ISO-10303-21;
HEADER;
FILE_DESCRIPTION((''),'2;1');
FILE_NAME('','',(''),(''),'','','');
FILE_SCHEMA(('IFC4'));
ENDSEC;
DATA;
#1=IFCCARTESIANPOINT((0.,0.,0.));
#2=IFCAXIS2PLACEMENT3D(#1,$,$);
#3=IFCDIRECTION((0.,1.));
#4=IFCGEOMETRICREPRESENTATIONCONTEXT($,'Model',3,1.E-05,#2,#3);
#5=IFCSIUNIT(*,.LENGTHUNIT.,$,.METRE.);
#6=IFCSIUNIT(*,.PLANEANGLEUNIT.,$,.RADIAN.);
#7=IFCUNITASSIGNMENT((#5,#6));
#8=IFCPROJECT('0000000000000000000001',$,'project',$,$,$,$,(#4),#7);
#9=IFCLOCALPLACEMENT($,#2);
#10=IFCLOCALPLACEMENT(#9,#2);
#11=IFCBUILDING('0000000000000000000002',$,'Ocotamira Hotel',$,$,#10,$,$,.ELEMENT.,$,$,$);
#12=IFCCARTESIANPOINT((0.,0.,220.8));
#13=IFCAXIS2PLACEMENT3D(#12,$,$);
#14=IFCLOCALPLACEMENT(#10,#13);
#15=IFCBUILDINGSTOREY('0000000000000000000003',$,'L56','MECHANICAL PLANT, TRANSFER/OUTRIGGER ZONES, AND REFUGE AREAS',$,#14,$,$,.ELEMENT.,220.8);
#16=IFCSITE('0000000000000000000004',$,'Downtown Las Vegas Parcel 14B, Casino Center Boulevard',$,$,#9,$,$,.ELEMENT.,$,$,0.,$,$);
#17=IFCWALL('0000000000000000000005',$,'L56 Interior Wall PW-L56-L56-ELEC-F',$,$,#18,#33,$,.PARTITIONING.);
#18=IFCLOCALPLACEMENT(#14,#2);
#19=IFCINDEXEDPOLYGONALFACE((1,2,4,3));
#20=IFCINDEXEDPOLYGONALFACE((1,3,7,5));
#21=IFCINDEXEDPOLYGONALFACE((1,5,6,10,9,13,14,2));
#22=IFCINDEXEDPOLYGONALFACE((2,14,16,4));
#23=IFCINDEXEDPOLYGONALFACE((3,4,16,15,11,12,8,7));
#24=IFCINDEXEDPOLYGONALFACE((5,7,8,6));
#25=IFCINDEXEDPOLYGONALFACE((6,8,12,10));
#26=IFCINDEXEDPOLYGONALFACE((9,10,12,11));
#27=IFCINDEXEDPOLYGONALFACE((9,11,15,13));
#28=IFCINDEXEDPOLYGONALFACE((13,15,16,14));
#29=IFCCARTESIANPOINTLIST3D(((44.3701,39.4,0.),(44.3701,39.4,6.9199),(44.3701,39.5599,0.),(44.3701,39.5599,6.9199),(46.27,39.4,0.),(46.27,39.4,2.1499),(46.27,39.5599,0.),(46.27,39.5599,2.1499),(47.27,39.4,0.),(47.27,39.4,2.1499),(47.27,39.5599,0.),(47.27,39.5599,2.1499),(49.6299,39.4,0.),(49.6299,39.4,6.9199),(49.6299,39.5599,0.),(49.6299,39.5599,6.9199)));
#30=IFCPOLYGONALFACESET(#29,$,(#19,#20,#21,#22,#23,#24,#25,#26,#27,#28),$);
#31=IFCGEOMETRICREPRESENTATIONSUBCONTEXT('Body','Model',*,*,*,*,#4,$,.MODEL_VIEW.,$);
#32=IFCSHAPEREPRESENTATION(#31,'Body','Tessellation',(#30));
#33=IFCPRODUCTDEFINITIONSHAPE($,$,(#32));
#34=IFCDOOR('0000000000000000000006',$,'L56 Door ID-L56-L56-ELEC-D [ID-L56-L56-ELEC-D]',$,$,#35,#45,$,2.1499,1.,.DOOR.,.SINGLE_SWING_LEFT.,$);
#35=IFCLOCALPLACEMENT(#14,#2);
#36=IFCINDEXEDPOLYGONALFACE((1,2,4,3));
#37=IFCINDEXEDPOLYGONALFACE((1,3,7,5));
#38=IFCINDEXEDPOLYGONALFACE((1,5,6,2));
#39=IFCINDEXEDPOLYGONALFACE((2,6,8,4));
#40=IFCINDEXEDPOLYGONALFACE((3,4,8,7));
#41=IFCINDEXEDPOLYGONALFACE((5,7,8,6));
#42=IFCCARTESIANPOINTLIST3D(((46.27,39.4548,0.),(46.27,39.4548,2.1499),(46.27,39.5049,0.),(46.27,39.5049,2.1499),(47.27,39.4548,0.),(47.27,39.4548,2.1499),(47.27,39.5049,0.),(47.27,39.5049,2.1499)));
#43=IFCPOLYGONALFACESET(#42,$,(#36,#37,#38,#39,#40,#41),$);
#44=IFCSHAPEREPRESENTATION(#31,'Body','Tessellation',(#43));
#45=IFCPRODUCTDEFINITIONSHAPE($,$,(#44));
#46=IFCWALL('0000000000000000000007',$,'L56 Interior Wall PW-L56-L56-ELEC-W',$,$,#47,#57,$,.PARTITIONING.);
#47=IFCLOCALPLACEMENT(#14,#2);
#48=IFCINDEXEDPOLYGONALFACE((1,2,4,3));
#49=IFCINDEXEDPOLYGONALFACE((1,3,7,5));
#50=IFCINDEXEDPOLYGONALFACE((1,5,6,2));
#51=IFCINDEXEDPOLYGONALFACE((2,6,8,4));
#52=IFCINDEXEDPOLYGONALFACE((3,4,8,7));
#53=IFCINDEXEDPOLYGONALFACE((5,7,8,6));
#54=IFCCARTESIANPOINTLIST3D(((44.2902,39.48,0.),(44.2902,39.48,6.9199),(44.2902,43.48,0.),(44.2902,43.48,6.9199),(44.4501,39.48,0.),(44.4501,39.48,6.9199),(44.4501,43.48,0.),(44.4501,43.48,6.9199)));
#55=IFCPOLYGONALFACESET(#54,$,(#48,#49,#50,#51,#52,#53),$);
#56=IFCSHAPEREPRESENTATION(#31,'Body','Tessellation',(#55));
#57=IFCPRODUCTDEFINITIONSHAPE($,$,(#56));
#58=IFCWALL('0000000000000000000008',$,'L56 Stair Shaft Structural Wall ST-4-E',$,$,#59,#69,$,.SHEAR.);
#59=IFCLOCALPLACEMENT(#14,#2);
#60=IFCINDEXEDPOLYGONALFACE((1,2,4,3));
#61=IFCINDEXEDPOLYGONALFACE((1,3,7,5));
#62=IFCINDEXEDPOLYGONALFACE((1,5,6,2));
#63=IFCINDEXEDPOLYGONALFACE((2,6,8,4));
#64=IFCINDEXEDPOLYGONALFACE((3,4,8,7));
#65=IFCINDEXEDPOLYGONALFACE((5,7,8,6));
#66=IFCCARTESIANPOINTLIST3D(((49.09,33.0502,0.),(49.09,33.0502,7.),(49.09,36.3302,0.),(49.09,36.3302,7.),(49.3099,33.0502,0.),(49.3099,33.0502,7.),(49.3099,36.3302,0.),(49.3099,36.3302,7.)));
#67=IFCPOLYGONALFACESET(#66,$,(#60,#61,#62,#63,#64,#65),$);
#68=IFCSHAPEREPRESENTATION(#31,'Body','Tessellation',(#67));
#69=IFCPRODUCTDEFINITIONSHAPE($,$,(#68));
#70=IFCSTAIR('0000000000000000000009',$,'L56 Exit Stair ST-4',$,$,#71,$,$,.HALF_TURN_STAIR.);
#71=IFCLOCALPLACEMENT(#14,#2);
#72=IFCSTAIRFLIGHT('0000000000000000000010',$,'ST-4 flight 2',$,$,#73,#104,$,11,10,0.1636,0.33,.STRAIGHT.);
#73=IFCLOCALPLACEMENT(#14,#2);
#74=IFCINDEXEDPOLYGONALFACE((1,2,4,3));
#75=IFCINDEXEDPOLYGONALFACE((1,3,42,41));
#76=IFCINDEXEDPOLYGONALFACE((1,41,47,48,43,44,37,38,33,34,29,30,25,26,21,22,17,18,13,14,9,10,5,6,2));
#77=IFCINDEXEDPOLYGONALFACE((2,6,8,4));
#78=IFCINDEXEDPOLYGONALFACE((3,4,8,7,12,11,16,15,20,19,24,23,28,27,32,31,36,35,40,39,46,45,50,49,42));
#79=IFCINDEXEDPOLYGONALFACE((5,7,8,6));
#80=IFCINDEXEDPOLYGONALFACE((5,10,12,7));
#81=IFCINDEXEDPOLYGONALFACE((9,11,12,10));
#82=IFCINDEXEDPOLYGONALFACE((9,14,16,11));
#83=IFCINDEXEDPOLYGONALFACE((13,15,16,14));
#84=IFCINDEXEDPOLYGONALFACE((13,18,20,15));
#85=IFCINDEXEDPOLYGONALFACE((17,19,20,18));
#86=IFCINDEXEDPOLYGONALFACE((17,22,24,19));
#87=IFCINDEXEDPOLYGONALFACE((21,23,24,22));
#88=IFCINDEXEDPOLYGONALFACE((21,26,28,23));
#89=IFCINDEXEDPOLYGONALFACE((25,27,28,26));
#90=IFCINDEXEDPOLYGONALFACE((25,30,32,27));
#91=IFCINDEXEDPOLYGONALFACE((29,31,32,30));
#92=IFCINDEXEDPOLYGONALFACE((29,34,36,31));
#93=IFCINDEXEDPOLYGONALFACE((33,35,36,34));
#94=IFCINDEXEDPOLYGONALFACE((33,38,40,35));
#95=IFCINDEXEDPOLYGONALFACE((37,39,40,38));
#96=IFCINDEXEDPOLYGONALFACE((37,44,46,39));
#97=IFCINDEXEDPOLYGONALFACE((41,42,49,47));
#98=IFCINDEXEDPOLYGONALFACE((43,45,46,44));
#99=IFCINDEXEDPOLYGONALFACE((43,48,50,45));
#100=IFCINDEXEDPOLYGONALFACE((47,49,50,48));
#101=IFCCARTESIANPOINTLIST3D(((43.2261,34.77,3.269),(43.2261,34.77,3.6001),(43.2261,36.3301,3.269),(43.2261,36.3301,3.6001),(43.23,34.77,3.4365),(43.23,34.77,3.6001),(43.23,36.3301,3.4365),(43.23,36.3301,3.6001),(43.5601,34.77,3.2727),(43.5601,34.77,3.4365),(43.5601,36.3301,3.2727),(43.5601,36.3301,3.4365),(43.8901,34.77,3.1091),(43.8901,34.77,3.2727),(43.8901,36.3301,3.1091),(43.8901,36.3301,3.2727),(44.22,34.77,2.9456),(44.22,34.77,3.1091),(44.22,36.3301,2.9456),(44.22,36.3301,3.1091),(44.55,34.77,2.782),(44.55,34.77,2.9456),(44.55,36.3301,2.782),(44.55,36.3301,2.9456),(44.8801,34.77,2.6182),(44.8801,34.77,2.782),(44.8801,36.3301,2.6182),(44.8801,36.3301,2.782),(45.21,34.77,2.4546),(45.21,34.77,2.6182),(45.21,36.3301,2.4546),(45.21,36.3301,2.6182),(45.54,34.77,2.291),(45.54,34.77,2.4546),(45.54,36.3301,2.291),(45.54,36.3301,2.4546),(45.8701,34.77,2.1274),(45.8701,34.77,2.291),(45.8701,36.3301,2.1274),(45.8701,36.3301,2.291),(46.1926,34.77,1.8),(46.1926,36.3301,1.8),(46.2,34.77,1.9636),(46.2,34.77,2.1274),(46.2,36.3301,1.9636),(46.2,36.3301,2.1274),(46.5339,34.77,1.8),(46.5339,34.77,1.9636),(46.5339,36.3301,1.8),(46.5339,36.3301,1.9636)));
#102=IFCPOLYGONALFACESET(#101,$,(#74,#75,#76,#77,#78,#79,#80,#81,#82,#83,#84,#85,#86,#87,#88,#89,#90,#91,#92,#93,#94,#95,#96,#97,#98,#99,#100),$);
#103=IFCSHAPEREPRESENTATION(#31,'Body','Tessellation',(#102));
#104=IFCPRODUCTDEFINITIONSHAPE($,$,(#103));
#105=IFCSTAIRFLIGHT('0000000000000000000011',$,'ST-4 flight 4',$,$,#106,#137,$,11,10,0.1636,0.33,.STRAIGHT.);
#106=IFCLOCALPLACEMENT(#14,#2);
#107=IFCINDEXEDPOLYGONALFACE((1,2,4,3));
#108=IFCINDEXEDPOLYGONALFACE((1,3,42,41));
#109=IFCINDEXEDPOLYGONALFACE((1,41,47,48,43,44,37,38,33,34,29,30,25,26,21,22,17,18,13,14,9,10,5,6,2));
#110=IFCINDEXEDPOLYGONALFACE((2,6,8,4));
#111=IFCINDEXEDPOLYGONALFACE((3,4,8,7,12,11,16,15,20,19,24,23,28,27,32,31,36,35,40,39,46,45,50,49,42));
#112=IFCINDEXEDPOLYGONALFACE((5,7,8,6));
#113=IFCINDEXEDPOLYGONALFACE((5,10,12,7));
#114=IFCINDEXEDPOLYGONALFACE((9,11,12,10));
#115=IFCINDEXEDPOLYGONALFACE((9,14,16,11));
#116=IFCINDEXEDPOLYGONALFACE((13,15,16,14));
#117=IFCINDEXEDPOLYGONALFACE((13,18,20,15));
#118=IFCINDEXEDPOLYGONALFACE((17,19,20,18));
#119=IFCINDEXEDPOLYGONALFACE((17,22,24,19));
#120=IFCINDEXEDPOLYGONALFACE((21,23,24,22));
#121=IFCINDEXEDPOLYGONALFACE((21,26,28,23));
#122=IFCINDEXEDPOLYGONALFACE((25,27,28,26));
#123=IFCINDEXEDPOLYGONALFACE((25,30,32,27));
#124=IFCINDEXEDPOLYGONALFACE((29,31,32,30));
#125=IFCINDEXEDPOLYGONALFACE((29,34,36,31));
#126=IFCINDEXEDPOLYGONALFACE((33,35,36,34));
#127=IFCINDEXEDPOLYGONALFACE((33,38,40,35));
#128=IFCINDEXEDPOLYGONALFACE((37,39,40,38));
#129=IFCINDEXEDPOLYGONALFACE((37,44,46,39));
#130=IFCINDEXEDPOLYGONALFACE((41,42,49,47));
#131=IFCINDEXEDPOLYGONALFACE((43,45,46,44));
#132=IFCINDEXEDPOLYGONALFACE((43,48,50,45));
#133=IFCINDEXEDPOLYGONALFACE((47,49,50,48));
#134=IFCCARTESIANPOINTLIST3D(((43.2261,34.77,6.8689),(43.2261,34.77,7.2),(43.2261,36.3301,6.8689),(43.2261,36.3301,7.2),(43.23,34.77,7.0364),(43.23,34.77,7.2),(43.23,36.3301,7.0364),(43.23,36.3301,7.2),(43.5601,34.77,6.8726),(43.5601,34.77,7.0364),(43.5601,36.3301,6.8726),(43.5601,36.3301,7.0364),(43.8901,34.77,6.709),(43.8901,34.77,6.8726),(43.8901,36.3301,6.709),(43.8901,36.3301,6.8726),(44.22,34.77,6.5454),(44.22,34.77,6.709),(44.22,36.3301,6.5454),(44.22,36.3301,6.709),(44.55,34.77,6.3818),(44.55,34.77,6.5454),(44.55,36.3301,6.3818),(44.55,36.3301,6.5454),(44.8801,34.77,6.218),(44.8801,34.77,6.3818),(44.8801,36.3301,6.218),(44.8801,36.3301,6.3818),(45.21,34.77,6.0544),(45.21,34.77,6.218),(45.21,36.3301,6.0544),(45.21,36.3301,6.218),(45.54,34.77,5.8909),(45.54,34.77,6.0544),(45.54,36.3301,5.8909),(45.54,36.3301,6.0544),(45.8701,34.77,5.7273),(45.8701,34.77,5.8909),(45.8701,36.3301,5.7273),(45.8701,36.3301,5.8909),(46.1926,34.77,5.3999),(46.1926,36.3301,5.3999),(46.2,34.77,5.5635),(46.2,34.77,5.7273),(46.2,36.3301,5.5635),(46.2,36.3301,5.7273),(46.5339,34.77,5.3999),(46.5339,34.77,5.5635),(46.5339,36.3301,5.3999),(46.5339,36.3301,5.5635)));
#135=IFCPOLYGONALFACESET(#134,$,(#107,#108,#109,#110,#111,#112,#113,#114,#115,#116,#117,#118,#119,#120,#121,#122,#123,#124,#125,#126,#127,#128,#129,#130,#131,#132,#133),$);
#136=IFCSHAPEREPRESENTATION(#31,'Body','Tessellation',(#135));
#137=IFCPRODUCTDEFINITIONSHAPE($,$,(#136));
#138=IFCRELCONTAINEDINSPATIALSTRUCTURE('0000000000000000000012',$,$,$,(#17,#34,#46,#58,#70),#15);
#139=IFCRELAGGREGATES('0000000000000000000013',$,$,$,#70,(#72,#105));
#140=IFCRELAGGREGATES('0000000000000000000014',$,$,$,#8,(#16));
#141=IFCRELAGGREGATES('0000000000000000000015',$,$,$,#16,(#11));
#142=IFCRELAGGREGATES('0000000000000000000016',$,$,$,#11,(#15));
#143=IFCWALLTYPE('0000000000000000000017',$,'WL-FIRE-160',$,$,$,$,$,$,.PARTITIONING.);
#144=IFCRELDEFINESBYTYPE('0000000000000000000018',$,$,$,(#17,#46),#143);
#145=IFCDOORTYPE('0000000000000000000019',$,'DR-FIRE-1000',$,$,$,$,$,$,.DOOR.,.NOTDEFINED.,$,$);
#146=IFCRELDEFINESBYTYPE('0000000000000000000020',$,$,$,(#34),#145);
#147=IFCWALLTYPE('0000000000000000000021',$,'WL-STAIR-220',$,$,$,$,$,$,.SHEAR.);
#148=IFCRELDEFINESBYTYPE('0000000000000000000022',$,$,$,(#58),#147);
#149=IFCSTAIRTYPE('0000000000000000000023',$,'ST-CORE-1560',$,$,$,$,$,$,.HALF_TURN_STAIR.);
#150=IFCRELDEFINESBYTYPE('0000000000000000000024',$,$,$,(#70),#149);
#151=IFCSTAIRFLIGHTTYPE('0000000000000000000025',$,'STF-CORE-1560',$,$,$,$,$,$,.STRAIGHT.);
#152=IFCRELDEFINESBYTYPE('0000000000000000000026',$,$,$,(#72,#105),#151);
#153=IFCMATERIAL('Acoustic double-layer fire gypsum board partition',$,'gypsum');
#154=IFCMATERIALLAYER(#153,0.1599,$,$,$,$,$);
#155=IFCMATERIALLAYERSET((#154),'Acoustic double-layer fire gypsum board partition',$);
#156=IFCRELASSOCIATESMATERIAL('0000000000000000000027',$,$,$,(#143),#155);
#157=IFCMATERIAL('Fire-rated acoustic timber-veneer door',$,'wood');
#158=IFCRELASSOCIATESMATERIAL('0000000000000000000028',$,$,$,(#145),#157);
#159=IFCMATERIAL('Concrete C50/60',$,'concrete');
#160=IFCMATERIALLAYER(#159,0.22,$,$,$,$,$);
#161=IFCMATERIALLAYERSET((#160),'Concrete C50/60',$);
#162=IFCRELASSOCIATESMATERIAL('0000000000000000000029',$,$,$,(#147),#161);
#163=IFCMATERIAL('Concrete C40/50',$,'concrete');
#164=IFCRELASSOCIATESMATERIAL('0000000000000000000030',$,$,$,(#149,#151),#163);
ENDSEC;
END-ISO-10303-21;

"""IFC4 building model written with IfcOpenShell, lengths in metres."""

from ifc_helpers import new_model, si_unit, direction, frame, frame_2d, origin, place, context, subcontext, project, spatial, polyline, rectangle, outline, extrude, source, transform, mapped, material, layer, layer_set, type_object, element, fill, aggregate, save


model = new_model("IFC4")

# Units and contexts
model_context = context("Model", 3, precision=1e-05, world=origin(), true_north=direction((0.0, 1.0)))
body_context = subcontext(model_context, "Body", "Model", "MODEL_VIEW")
ifc_project = project(units=[si_unit("LENGTHUNIT", "METRE"), si_unit("PLANEANGLEUNIT", "RADIAN")], contexts=[model_context])

# Site, building, storey
site_placement = place(None, origin())
site = spatial("IfcSite", under=ifc_project, at=site_placement, Name="Downtown Las Vegas Parcel 14B, Casino Center Boulevard", CompositionType="ELEMENT", RefElevation=0.0)
building_placement = place(site_placement, origin())
building = spatial("IfcBuilding", under=site, at=building_placement, Name="Ocotamira Hotel", CompositionType="ELEMENT")
storey_placement = place(building_placement, frame((0.0, 0.0, 220.8)))
storey = spatial("IfcBuildingStorey", under=building, at=storey_placement, Name="L56", Description="MECHANICAL PLANT, TRANSFER/OUTRIGGER ZONES, AND REFUGE AREAS", CompositionType="ELEMENT", Elevation=220.8)

# Shared definitions
ifc_material_1 = material(Name="Acoustic double-layer fire gypsum board partition", Category="gypsum")
ifc_layer_1 = layer(ifc_material_1, 0.1599)
ifc_layer_set_1 = layer_set([ifc_layer_1], Name="Acoustic double-layer fire gypsum board partition")
wall_type_1 = type_object("IfcWallType", Name="WL-FIRE-160", PredefinedType="PARTITIONING", material=ifc_layer_set_1)

# Wall, opening, door
wall_1_placement = place(storey_placement, frame((44.3701, 39.48, 0.0), z_axis=(0.0, 0.0, 1.0), x_axis=(1.0, 0.0, 0.0)))
wall_1 = element("IfcWall", 1, at=wall_1_placement, inside=storey, type_object=wall_type_1, Name="L56 Interior Wall PW-L56-L56-ELEC-F", PredefinedType="PARTITIONING", context=body_context, shape_type="SweptSolid", body=[
    extrude(rectangle(XDim=5.2598, YDim=0.1599, at=frame_2d((2.6299, 0.0))), origin(), (0.0, 0.0, 1.0), 6.9199),
])
opening_placement = place(wall_1_placement, frame((1.8999, 0.0, 0.0)))
opening = element("IfcOpeningElement", 2, at=opening_placement, cuts=wall_1, PredefinedType="OPENING", context=body_context, shape_type="SweptSolid", body=[
    extrude(rectangle(XDim=1.0, YDim=2.1499, at=frame_2d((0.5, 1.075))), frame((0.0, 0.0898, 0.0), z_axis=(0.0, -1.0, 0.0), x_axis=(1.0, 0.0, 0.0)), (0.0, 0.0, 1.0), 0.1799),
])
ifc_material_2 = material(Name="Fire-rated acoustic timber-veneer door", Category="wood")
door_type = type_object("IfcDoorType", Name="DR-FIRE-1000", OperationType="NOTDEFINED", PredefinedType="DOOR", material=ifc_material_2)
shared_shape_1 = source(origin(), body_context, "Body", "SweptSolid", [
    extrude(rectangle(XDim=1.0, YDim=2.1499, at=frame_2d((0.5, 1.075))), frame((0.0, 0.0249, 0.0), z_axis=(0.0, -1.0, 0.0), x_axis=(1.0, 0.0, 0.0)), (0.0, 0.0, 1.0), 0.05),
])
door_placement = place(opening_placement, origin())
door = element("IfcDoor", 3, at=door_placement, inside=storey, type_object=door_type, Name="L56 Door ID-L56-L56-ELEC-D [ID-L56-L56-ELEC-D]", OperationType="SINGLE_SWING_LEFT", OverallHeight=2.1499, OverallWidth=1.0, PredefinedType="DOOR", context=body_context, shape_type="MappedRepresentation", body=[
    mapped(shared_shape_1, transform((0.0, 0.0, 0.0), scale=1.0)),
])
fill(opening, door)

# Walls
wall_2_placement = place(storey_placement, frame((44.3701, 39.48, 0.0), z_axis=(0.0, 0.0, 1.0), x_axis=(0.0, 1.0, 0.0)))
element("IfcWall", 4, at=wall_2_placement, inside=storey, type_object=wall_type_1, Name="L56 Interior Wall PW-L56-L56-ELEC-W", PredefinedType="PARTITIONING", context=body_context, shape_type="SweptSolid", body=[
    extrude(rectangle(XDim=4.0, YDim=0.1599, at=frame_2d((2.0, 0.0))), origin(), (0.0, 0.0, 1.0), 6.9199),
])
ifc_material_3 = material(Name="Concrete C50/60", Category="concrete")
ifc_layer_2 = layer(ifc_material_3, 0.22)
ifc_layer_set_2 = layer_set([ifc_layer_2], Name="Concrete C50/60")
wall_type_2 = type_object("IfcWallType", Name="WL-STAIR-220", PredefinedType="SHEAR", material=ifc_layer_set_2)
wall_3_placement = place(storey_placement, frame((49.2, 33.05, 0.0), z_axis=(0.0, 0.0, 1.0), x_axis=(0.0, 1.0, 0.0)))
element("IfcWall", 5, at=wall_3_placement, inside=storey, type_object=wall_type_2, Name="L56 Stair Shaft Structural Wall ST-4-E", PredefinedType="SHEAR", context=body_context, shape_type="SweptSolid", body=[
    extrude(rectangle(XDim=3.28, YDim=0.22, at=frame_2d((1.6401, 0.0))), origin(), (0.0, 0.0, 1.0), 7.0),
])

# Stair, stair flights
ifc_material_4 = material(Name="Concrete C40/50", Category="concrete")
stair_type = type_object("IfcStairType", Name="ST-CORE-1560", PredefinedType="HALF_TURN_STAIR", material=ifc_material_4)
stair_placement = place(storey_placement, origin())
stair = element("IfcStair", 6, at=stair_placement, inside=storey, type_object=stair_type, Name="L56 Exit Stair ST-4", PredefinedType="HALF_TURN_STAIR")
stair_flight_type = type_object("IfcStairFlightType", Name="STF-CORE-1560", PredefinedType="STRAIGHT", material=ifc_material_4)
shared_shape_2 = source(origin(), body_context, "Body", "SweptSolid", [
    extrude(outline(polyline([(-0.0039, 0.0), (-0.0039, 0.1636), (0.3301, 0.1636), (0.3301, 0.3274), (0.6599, 0.3274), (0.6599, 0.491), (0.99, 0.491), (0.99, 0.6545), (1.3201, 0.6545), (1.3201, 0.8181), (1.6499, 0.8181), (1.6499, 0.9819), (1.98, 0.9819), (1.98, 1.1455), (2.3101, 1.1455), (2.3101, 1.3091), (2.6399, 1.3091), (2.6399, 1.4727), (2.97, 1.4727), (2.97, 1.6365), (3.3, 1.6365), (3.3, 1.8), (3.304, 1.8), (3.304, 1.469), (0.3374, 0.0), (-0.0039, 0.0)])), frame((0.0, 0.78, 0.0), z_axis=(0.0, -1.0, 0.0), x_axis=(1.0, 0.0, 0.0)), (0.0, 0.0, 1.0), 1.5601),
])
stair_flight_1_placement = place(storey_placement, frame((46.53, 35.55, 1.8), z_axis=(0.0, 0.0, 1.0), x_axis=(-1.0, 0.0, 0.0)))
stair_flight_1 = element("IfcStairFlight", 7, at=stair_flight_1_placement, type_object=stair_flight_type, Name="ST-4 flight 2", NumberOfRisers=11, NumberOfTreads=10, PredefinedType="STRAIGHT", RiserHeight=0.1636, TreadLength=0.33, context=body_context, shape_type="MappedRepresentation", body=[
    mapped(shared_shape_2, transform((0.0, 0.0, 0.0), scale=1.0)),
])
stair_flight_2_placement = place(storey_placement, frame((46.53, 35.55, 5.3999), z_axis=(0.0, 0.0, 1.0), x_axis=(-1.0, 0.0, 0.0)))
stair_flight_2 = element("IfcStairFlight", 8, at=stair_flight_2_placement, type_object=stair_flight_type, Name="ST-4 flight 4", NumberOfRisers=11, NumberOfTreads=10, PredefinedType="STRAIGHT", RiserHeight=0.1636, TreadLength=0.33, context=body_context, shape_type="MappedRepresentation", body=[
    mapped(shared_shape_2, transform((0.0, 0.0, 0.0), scale=1.0)),
])
aggregate(stair, [stair_flight_1, stair_flight_2])

save(model, "model.ifc")
